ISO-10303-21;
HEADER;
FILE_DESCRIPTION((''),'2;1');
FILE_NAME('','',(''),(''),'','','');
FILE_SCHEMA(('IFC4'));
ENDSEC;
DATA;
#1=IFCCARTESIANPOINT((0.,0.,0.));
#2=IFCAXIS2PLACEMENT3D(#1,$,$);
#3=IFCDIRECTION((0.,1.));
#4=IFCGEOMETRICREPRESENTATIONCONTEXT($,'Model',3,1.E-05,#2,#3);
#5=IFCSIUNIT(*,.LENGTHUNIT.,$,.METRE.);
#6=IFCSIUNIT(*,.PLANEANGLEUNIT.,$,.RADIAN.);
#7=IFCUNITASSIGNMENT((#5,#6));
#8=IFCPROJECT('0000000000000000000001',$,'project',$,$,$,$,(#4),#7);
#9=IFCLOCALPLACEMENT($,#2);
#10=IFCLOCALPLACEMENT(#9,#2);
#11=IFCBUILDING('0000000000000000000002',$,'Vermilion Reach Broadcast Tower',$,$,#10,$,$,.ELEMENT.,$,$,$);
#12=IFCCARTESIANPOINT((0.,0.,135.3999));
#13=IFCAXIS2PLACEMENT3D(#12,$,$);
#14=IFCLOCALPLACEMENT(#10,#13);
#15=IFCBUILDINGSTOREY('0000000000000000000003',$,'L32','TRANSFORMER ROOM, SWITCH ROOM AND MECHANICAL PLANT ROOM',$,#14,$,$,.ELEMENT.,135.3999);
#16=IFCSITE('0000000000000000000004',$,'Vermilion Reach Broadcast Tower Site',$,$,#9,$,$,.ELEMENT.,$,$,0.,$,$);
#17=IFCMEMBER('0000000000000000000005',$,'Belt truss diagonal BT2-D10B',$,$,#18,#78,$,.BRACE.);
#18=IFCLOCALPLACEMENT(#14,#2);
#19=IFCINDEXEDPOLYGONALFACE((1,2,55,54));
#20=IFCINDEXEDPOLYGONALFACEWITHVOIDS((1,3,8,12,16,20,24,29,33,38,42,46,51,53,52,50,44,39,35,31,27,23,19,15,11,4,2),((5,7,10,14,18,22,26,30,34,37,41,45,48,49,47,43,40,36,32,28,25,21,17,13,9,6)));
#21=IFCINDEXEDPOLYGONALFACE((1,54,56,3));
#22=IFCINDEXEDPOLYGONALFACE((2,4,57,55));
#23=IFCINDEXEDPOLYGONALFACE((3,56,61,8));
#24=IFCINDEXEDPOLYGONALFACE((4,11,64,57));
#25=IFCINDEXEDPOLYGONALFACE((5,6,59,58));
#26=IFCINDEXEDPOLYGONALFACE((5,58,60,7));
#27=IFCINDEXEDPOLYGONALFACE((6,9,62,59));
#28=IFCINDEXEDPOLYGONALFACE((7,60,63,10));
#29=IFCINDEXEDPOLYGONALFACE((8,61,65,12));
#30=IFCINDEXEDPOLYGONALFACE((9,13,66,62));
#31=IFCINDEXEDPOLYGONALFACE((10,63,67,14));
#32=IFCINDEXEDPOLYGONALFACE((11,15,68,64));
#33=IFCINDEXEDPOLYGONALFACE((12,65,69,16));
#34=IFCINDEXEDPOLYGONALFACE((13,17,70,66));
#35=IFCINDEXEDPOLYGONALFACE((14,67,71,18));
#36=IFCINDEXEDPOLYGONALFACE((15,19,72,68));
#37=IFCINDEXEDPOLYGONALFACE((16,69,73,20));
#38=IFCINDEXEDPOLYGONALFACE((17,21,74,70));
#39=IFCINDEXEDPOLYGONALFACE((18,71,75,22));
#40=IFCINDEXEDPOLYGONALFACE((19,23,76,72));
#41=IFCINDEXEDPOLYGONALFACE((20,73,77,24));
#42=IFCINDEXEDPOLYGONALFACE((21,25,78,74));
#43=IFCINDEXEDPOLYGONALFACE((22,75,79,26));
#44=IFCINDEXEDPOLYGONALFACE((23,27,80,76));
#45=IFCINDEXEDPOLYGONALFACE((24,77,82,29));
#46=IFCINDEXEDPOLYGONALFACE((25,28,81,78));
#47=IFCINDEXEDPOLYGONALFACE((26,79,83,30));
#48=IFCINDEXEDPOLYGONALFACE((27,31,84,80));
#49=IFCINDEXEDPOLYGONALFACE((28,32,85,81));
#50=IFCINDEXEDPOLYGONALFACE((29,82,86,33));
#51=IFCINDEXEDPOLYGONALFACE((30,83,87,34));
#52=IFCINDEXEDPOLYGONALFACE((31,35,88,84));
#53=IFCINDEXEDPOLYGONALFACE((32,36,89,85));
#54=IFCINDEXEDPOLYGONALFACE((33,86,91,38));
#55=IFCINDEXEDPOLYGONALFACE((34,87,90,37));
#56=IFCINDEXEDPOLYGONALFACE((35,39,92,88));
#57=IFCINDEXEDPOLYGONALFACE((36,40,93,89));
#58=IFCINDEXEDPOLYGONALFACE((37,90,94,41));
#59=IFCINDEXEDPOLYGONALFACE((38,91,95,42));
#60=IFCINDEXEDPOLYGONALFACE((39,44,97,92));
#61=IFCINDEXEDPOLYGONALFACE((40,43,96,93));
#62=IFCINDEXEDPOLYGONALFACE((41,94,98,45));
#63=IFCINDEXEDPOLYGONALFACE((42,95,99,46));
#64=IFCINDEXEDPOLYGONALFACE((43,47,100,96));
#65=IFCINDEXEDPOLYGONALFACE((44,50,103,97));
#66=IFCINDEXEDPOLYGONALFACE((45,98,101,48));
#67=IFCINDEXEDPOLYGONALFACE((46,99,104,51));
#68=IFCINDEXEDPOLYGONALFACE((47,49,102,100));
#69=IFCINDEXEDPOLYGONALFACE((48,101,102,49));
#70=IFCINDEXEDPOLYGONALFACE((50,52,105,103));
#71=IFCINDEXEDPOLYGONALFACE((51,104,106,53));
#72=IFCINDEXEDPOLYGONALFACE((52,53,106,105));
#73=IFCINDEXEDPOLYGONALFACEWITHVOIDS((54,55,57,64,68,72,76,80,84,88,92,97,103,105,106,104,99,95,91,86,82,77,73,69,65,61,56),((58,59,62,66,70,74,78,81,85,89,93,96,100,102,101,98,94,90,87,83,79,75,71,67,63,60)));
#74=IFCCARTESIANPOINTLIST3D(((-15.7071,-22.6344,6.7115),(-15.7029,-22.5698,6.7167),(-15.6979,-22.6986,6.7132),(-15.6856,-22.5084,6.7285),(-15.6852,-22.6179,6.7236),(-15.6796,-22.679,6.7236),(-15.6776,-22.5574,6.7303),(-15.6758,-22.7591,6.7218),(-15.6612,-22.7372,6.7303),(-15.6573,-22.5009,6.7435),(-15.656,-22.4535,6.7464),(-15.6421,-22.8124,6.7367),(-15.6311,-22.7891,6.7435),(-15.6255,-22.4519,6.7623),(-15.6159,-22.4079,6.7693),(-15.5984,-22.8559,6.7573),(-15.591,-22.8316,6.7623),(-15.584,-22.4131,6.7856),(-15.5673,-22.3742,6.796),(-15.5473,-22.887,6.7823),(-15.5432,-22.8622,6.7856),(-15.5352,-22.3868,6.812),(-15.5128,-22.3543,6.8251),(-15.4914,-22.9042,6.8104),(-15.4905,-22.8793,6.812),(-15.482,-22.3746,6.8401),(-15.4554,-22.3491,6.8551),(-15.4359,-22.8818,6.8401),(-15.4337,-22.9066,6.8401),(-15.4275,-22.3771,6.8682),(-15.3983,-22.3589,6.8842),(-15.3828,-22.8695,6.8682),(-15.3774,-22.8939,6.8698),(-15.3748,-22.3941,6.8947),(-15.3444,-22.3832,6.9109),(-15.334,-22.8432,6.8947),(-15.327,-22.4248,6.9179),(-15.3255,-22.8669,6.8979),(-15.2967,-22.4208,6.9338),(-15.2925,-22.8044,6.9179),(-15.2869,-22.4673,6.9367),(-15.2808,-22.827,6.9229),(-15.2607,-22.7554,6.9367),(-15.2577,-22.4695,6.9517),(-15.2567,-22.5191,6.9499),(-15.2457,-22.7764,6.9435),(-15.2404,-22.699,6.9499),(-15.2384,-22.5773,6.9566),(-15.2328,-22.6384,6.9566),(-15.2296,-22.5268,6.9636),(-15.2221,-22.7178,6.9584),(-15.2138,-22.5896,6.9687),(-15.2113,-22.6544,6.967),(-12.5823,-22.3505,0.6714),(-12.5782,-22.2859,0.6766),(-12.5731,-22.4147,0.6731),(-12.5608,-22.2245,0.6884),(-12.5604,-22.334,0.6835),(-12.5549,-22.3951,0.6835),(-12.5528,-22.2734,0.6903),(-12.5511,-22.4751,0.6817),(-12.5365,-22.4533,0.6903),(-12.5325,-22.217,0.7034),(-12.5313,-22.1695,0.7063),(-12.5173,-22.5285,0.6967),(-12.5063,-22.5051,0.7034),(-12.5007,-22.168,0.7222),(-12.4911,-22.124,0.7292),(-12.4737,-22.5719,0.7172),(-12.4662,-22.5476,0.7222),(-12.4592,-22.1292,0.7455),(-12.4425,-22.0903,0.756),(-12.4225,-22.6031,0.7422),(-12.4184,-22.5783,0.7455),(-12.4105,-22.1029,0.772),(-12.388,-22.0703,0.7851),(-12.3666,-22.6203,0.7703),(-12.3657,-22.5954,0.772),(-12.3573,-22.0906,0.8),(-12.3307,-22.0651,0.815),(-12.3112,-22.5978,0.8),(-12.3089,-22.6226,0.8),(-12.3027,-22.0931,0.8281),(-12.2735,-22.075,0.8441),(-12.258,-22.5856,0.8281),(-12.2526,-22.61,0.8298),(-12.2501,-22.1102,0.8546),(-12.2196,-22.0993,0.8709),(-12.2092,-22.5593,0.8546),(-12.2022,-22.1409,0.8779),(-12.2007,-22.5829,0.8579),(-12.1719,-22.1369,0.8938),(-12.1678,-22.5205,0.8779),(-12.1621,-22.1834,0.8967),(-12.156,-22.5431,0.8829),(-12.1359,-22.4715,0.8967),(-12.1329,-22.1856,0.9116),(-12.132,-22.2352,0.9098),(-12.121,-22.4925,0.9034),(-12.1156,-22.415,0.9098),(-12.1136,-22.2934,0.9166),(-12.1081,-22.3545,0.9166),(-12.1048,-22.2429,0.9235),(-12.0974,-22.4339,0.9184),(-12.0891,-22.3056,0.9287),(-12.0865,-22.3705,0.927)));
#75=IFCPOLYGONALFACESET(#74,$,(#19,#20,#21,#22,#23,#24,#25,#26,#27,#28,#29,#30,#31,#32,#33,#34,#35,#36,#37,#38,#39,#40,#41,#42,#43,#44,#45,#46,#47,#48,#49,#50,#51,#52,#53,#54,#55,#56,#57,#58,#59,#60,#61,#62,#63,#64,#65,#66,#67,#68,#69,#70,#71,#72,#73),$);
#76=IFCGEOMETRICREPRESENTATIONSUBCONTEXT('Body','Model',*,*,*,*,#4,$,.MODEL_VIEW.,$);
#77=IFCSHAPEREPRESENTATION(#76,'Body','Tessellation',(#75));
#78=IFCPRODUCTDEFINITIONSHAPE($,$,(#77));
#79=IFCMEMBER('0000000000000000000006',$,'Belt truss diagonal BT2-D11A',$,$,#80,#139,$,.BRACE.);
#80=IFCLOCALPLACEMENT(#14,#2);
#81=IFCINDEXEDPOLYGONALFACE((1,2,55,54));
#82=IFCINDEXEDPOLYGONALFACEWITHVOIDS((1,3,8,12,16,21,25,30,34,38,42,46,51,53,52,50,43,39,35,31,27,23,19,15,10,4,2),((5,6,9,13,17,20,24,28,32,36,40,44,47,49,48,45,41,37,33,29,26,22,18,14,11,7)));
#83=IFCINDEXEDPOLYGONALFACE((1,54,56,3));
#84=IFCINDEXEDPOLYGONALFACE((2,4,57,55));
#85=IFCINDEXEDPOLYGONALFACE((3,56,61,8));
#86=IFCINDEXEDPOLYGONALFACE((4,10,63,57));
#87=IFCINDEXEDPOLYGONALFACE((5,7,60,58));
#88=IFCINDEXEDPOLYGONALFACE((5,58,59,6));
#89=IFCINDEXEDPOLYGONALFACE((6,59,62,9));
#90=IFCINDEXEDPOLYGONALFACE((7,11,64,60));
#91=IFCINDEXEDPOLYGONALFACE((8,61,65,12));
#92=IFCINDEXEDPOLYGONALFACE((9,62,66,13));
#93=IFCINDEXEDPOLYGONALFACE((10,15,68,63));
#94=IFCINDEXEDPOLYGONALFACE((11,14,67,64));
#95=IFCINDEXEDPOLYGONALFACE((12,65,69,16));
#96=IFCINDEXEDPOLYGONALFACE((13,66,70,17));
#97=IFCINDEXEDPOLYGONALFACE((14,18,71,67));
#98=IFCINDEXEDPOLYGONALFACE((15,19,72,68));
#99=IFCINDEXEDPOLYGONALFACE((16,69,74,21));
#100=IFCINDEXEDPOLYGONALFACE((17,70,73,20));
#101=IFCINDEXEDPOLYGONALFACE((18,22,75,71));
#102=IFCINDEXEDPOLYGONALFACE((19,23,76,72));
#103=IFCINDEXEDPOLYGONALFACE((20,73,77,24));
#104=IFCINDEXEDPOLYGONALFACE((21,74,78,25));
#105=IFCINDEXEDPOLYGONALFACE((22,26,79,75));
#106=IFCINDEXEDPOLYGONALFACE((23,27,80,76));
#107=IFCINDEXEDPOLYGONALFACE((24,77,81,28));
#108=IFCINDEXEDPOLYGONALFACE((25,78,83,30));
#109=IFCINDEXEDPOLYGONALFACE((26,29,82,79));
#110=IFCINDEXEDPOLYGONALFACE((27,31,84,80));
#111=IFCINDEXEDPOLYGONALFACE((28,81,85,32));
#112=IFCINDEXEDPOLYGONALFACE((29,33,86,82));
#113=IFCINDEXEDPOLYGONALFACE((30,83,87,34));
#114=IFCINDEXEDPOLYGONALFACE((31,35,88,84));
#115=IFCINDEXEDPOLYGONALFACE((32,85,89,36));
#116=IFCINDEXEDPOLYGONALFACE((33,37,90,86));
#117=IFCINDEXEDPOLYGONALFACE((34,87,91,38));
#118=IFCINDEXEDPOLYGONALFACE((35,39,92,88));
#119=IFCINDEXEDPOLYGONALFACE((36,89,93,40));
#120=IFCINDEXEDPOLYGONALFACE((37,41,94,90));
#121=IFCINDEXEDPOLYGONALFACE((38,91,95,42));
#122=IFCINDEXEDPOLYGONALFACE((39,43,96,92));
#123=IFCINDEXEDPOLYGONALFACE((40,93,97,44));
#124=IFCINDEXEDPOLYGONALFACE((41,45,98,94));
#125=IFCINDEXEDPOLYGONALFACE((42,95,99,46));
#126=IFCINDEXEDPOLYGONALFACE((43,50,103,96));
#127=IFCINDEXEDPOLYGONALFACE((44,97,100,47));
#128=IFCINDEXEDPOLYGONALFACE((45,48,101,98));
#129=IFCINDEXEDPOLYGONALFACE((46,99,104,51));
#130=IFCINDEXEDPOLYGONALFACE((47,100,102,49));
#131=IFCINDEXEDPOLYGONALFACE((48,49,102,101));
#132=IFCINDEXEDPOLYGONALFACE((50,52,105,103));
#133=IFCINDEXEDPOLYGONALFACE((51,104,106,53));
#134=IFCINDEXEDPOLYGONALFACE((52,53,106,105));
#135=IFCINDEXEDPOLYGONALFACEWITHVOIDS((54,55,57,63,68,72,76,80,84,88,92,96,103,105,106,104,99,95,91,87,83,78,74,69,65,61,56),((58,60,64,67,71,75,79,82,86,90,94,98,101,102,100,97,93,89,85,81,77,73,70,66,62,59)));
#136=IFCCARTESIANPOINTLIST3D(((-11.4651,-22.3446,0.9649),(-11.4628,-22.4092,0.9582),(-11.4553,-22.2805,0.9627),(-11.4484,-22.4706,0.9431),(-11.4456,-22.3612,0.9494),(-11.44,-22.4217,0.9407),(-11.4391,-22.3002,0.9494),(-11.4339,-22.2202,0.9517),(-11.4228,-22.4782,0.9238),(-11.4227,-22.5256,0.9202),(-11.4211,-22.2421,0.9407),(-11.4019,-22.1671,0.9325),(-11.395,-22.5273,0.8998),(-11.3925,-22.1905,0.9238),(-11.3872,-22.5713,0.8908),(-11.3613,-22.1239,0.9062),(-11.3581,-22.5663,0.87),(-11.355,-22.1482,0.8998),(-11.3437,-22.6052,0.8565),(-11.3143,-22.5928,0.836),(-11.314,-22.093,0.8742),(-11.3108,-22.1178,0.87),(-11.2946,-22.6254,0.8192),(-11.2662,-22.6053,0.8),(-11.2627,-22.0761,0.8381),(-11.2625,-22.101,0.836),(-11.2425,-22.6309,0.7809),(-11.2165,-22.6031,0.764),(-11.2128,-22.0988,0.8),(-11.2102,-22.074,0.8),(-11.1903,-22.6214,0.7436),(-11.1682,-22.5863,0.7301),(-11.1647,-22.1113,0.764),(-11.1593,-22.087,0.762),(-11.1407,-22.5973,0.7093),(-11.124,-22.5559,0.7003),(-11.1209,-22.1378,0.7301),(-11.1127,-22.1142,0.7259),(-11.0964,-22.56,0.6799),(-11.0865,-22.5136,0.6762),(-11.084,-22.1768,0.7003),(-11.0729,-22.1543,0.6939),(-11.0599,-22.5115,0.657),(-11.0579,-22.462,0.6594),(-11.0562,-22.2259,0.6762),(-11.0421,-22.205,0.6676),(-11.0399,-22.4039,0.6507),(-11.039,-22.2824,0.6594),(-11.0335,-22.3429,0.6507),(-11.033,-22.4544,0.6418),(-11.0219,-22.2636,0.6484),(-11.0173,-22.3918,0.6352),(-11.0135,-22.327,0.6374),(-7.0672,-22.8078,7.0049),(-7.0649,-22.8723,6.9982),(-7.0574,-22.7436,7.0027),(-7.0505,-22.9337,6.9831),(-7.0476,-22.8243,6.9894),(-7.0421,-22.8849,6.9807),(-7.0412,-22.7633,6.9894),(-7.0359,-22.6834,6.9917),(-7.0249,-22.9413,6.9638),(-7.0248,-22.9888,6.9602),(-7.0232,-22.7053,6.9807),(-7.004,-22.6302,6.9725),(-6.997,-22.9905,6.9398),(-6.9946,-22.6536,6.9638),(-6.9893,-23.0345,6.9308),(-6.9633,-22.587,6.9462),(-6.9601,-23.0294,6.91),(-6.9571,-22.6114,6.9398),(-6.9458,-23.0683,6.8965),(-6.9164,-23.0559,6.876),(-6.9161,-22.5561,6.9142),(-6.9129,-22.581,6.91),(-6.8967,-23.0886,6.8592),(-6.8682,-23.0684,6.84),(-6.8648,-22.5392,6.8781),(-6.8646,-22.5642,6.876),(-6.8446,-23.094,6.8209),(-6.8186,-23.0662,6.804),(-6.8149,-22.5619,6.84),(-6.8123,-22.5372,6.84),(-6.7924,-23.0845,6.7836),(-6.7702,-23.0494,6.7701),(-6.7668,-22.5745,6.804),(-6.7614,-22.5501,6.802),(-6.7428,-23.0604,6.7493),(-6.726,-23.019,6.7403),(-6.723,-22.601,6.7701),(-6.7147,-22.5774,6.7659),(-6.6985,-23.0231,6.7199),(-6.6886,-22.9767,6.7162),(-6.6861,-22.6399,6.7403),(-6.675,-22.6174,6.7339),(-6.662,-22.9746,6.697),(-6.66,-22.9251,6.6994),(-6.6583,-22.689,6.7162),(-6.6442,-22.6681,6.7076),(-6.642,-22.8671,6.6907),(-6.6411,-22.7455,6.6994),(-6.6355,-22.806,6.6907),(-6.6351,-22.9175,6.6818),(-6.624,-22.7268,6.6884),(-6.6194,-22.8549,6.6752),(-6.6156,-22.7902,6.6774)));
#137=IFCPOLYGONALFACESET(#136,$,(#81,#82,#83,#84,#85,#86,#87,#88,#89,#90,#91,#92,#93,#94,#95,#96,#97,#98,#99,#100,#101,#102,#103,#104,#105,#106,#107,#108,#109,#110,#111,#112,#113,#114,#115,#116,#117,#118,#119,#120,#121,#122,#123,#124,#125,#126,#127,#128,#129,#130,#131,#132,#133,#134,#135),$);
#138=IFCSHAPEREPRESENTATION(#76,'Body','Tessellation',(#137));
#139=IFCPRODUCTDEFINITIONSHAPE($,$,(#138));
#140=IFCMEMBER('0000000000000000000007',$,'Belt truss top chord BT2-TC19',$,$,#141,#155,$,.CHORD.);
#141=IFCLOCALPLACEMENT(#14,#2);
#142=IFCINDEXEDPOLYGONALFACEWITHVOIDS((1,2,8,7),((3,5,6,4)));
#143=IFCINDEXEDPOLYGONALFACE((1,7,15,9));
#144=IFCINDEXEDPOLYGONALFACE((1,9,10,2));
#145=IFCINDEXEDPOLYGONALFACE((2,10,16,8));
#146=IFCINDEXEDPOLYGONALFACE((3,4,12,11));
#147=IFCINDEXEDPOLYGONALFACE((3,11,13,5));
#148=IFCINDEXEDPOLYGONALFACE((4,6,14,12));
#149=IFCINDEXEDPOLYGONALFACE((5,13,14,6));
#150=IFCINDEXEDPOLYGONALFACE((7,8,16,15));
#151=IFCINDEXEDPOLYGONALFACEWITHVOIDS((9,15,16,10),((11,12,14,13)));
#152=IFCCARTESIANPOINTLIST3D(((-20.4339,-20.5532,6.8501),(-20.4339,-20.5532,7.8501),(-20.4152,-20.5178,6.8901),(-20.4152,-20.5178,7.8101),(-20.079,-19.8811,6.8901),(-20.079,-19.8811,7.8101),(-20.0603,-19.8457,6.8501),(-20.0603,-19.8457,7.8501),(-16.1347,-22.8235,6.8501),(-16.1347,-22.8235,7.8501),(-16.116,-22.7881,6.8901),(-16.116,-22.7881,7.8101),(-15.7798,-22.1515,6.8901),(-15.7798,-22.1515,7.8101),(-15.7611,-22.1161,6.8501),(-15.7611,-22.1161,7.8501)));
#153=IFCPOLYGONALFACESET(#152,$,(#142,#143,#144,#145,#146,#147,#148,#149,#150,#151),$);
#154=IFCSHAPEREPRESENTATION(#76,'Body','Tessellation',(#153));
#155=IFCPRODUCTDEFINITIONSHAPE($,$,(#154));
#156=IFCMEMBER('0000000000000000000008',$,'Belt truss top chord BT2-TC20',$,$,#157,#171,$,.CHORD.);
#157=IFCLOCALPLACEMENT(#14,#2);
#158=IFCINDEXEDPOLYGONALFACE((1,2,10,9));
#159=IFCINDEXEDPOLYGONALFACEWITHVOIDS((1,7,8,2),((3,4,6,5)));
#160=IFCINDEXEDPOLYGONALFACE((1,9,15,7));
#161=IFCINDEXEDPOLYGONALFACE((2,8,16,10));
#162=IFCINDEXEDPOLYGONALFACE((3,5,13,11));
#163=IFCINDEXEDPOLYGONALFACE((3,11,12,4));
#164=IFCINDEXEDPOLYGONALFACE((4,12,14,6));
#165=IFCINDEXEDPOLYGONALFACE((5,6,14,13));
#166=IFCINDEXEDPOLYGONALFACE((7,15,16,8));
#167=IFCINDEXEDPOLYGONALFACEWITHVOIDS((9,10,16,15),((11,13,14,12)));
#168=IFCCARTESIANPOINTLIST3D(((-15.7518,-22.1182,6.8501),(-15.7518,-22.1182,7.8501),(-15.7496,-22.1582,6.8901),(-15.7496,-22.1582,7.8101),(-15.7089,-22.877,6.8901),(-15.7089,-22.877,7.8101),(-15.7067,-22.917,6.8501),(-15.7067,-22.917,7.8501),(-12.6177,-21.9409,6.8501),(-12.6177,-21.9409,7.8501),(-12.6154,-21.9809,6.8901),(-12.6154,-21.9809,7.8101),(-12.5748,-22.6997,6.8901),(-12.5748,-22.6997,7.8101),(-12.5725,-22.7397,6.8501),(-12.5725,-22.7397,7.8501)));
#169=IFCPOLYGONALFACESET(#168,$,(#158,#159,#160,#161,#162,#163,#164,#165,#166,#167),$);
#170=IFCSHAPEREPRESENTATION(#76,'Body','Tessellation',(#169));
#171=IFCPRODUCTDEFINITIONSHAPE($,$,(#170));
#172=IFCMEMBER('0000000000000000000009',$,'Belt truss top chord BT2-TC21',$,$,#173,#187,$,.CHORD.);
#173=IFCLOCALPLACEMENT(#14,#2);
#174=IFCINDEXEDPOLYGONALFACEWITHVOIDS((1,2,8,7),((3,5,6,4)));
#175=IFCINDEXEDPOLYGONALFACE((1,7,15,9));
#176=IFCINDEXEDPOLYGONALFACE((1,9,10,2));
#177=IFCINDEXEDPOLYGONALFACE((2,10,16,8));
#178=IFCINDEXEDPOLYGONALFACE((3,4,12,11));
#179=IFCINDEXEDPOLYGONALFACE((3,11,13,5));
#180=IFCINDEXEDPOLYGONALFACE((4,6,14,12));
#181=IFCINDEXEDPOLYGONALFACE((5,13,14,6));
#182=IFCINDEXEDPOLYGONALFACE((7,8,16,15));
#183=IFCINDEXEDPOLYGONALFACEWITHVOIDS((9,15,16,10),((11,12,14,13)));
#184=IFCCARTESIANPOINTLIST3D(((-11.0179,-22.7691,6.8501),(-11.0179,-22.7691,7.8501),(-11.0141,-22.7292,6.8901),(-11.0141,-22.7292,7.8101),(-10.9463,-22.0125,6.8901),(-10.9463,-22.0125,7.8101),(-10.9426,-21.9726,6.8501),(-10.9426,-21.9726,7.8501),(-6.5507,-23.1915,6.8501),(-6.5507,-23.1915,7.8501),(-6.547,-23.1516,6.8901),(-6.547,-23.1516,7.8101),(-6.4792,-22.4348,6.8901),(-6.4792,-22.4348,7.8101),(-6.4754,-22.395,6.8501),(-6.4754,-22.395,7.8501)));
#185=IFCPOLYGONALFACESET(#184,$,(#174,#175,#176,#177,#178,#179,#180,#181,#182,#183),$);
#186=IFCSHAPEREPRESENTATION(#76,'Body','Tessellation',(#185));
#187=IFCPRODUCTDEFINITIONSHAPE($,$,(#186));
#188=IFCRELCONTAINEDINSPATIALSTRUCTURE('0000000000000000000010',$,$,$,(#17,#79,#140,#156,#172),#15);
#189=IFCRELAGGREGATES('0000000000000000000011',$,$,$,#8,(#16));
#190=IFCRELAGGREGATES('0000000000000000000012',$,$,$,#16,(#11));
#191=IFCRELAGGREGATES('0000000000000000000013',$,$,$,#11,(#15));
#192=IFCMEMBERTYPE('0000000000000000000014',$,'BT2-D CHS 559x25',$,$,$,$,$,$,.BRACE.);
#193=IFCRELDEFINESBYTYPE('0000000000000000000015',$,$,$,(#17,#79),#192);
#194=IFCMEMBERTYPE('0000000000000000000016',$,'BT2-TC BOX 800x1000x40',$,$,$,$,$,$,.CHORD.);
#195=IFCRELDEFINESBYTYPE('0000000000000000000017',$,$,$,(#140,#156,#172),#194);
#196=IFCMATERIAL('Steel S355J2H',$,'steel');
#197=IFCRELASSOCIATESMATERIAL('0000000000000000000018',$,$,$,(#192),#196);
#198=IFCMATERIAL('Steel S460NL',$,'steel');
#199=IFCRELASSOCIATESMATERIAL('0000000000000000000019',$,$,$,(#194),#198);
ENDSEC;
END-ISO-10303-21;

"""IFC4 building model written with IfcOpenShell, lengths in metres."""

from ifc_helpers import new_model, si_unit, direction, frame, origin, origin_2d, place, context, subcontext, project, spatial, hollow_rectangle, hollow_circle, extrude, material, material_profile, profile_set, type_object, element, save


model = new_model("IFC4")

# Units and contexts
model_context = context("Model", 3, precision=1e-05, world=origin(), true_north=direction((0.0, 1.0)))
body_context = subcontext(model_context, "Body", "Model", "MODEL_VIEW")
ifc_project = project(units=[si_unit("LENGTHUNIT", "METRE"), si_unit("PLANEANGLEUNIT", "RADIAN")], contexts=[model_context])

# Site, building, storey
site_placement = place(None, origin())
site = spatial("IfcSite", under=ifc_project, at=site_placement, Name="Vermilion Reach Broadcast Tower Site", CompositionType="ELEMENT", RefElevation=0.0)
building_placement = place(site_placement, origin())
building = spatial("IfcBuilding", under=site, at=building_placement, Name="Vermilion Reach Broadcast Tower", CompositionType="ELEMENT")
storey_placement = place(building_placement, frame((0.0, 0.0, 135.3999)))
storey = spatial("IfcBuildingStorey", under=building, at=storey_placement, Name="L32", Description="TRANSFORMER ROOM, SWITCH ROOM AND MECHANICAL PLANT ROOM", CompositionType="ELEMENT", Elevation=135.3999)

# Members
ifc_material_1 = material(Name="Steel S355J2H", Category="steel")
ifc_material_profile_1 = material_profile(ifc_material_1, hollow_circle(Radius=0.2795, WallThickness=0.0249, at=origin_2d()), Name="S355J2H CHS 559x25")
ifc_profile_set_1 = profile_set([ifc_material_profile_1], Name="Steel S355J2H")
member_type_1 = type_object("IfcMemberType", Name="BT2-D CHS 559x25", PredefinedType="BRACE", material=ifc_profile_set_1)
member_1_placement = place(storey_placement, frame((-12.3342, -22.3442, 0.8), z_axis=(-0.459092, -0.041716, 0.887409), x_axis=(0.090494, -0.995897, 0.0)))
element("IfcMember", 1, at=member_1_placement, inside=storey, type_object=member_type_1, Name="Belt truss diagonal BT2-D10B", PredefinedType="BRACE", context=body_context, shape_type="SweptSolid", body=[
    extrude(hollow_circle(Radius=0.2795, WallThickness=0.0249, at=origin_2d()), origin(), (0.0, 0.0, 1.0), 6.8064),
])
member_2_placement = place(storey_placement, frame((-11.2395, -22.3521, 0.8), z_axis=(0.587499, -0.061868, 0.806857), x_axis=(0.104728, 0.994501, 0.0)))
element("IfcMember", 2, at=member_2_placement, inside=storey, type_object=member_type_1, Name="Belt truss diagonal BT2-D11A", PredefinedType="BRACE", context=body_context, shape_type="SweptSolid", body=[
    extrude(hollow_circle(Radius=0.2795, WallThickness=0.0249, at=origin_2d()), origin(), (0.0, 0.0, 1.0), 7.4858),
])
ifc_material_2 = material(Name="Steel S460NL", Category="steel")
ifc_material_profile_2 = material_profile(ifc_material_2, hollow_rectangle(XDim=0.8, YDim=1.0, WallThickness=0.04, at=origin_2d()), Name="S460NL BOX 800x1000x40")
ifc_profile_set_2 = profile_set([ifc_material_profile_2], Name="Steel S460NL")
member_type_2 = type_object("IfcMemberType", Name="BT2-TC BOX 800x1000x40", PredefinedType="CHORD", material=ifc_profile_set_2)
member_3_placement = place(storey_placement, frame((-20.2471, -20.1995, 7.3501), z_axis=(0.884274, -0.466969, 0.0), x_axis=(0.466969, 0.884274, 0.0)))
element("IfcMember", 3, at=member_3_placement, inside=storey, type_object=member_type_2, Name="Belt truss top chord BT2-TC19", PredefinedType="CHORD", context=body_context, shape_type="SweptSolid", body=[
    extrude(hollow_rectangle(XDim=0.8, YDim=1.0, WallThickness=0.04, at=origin_2d()), origin(), (0.0, 0.0, 1.0), 4.8618),
])
member_4_placement = place(storey_placement, frame((-15.7292, -22.5176, 7.3501), z_axis=(0.998405, 0.056465, 0.0), x_axis=(-0.056465, 0.998405, 0.0)))
element("IfcMember", 4, at=member_4_placement, inside=storey, type_object=member_type_2, Name="Belt truss top chord BT2-TC20", PredefinedType="CHORD", context=body_context, shape_type="SweptSolid", body=[
    extrude(hollow_rectangle(XDim=0.8, YDim=1.0, WallThickness=0.04, at=origin_2d()), origin(), (0.0, 0.0, 1.0), 3.1392),
])
member_5_placement = place(storey_placement, frame((-10.9802, -22.3708, 7.3501), z_axis=(0.99556, -0.094131, 0.0), x_axis=(0.094131, 0.99556, 0.0)))
element("IfcMember", 5, at=member_5_placement, inside=storey, type_object=member_type_2, Name="Belt truss top chord BT2-TC21", PredefinedType="CHORD", context=body_context, shape_type="SweptSolid", body=[
    extrude(hollow_rectangle(XDim=0.8, YDim=1.0, WallThickness=0.04, at=origin_2d()), origin(), (0.0, 0.0, 1.0), 4.4871),
])

save(model, "model.ifc")
